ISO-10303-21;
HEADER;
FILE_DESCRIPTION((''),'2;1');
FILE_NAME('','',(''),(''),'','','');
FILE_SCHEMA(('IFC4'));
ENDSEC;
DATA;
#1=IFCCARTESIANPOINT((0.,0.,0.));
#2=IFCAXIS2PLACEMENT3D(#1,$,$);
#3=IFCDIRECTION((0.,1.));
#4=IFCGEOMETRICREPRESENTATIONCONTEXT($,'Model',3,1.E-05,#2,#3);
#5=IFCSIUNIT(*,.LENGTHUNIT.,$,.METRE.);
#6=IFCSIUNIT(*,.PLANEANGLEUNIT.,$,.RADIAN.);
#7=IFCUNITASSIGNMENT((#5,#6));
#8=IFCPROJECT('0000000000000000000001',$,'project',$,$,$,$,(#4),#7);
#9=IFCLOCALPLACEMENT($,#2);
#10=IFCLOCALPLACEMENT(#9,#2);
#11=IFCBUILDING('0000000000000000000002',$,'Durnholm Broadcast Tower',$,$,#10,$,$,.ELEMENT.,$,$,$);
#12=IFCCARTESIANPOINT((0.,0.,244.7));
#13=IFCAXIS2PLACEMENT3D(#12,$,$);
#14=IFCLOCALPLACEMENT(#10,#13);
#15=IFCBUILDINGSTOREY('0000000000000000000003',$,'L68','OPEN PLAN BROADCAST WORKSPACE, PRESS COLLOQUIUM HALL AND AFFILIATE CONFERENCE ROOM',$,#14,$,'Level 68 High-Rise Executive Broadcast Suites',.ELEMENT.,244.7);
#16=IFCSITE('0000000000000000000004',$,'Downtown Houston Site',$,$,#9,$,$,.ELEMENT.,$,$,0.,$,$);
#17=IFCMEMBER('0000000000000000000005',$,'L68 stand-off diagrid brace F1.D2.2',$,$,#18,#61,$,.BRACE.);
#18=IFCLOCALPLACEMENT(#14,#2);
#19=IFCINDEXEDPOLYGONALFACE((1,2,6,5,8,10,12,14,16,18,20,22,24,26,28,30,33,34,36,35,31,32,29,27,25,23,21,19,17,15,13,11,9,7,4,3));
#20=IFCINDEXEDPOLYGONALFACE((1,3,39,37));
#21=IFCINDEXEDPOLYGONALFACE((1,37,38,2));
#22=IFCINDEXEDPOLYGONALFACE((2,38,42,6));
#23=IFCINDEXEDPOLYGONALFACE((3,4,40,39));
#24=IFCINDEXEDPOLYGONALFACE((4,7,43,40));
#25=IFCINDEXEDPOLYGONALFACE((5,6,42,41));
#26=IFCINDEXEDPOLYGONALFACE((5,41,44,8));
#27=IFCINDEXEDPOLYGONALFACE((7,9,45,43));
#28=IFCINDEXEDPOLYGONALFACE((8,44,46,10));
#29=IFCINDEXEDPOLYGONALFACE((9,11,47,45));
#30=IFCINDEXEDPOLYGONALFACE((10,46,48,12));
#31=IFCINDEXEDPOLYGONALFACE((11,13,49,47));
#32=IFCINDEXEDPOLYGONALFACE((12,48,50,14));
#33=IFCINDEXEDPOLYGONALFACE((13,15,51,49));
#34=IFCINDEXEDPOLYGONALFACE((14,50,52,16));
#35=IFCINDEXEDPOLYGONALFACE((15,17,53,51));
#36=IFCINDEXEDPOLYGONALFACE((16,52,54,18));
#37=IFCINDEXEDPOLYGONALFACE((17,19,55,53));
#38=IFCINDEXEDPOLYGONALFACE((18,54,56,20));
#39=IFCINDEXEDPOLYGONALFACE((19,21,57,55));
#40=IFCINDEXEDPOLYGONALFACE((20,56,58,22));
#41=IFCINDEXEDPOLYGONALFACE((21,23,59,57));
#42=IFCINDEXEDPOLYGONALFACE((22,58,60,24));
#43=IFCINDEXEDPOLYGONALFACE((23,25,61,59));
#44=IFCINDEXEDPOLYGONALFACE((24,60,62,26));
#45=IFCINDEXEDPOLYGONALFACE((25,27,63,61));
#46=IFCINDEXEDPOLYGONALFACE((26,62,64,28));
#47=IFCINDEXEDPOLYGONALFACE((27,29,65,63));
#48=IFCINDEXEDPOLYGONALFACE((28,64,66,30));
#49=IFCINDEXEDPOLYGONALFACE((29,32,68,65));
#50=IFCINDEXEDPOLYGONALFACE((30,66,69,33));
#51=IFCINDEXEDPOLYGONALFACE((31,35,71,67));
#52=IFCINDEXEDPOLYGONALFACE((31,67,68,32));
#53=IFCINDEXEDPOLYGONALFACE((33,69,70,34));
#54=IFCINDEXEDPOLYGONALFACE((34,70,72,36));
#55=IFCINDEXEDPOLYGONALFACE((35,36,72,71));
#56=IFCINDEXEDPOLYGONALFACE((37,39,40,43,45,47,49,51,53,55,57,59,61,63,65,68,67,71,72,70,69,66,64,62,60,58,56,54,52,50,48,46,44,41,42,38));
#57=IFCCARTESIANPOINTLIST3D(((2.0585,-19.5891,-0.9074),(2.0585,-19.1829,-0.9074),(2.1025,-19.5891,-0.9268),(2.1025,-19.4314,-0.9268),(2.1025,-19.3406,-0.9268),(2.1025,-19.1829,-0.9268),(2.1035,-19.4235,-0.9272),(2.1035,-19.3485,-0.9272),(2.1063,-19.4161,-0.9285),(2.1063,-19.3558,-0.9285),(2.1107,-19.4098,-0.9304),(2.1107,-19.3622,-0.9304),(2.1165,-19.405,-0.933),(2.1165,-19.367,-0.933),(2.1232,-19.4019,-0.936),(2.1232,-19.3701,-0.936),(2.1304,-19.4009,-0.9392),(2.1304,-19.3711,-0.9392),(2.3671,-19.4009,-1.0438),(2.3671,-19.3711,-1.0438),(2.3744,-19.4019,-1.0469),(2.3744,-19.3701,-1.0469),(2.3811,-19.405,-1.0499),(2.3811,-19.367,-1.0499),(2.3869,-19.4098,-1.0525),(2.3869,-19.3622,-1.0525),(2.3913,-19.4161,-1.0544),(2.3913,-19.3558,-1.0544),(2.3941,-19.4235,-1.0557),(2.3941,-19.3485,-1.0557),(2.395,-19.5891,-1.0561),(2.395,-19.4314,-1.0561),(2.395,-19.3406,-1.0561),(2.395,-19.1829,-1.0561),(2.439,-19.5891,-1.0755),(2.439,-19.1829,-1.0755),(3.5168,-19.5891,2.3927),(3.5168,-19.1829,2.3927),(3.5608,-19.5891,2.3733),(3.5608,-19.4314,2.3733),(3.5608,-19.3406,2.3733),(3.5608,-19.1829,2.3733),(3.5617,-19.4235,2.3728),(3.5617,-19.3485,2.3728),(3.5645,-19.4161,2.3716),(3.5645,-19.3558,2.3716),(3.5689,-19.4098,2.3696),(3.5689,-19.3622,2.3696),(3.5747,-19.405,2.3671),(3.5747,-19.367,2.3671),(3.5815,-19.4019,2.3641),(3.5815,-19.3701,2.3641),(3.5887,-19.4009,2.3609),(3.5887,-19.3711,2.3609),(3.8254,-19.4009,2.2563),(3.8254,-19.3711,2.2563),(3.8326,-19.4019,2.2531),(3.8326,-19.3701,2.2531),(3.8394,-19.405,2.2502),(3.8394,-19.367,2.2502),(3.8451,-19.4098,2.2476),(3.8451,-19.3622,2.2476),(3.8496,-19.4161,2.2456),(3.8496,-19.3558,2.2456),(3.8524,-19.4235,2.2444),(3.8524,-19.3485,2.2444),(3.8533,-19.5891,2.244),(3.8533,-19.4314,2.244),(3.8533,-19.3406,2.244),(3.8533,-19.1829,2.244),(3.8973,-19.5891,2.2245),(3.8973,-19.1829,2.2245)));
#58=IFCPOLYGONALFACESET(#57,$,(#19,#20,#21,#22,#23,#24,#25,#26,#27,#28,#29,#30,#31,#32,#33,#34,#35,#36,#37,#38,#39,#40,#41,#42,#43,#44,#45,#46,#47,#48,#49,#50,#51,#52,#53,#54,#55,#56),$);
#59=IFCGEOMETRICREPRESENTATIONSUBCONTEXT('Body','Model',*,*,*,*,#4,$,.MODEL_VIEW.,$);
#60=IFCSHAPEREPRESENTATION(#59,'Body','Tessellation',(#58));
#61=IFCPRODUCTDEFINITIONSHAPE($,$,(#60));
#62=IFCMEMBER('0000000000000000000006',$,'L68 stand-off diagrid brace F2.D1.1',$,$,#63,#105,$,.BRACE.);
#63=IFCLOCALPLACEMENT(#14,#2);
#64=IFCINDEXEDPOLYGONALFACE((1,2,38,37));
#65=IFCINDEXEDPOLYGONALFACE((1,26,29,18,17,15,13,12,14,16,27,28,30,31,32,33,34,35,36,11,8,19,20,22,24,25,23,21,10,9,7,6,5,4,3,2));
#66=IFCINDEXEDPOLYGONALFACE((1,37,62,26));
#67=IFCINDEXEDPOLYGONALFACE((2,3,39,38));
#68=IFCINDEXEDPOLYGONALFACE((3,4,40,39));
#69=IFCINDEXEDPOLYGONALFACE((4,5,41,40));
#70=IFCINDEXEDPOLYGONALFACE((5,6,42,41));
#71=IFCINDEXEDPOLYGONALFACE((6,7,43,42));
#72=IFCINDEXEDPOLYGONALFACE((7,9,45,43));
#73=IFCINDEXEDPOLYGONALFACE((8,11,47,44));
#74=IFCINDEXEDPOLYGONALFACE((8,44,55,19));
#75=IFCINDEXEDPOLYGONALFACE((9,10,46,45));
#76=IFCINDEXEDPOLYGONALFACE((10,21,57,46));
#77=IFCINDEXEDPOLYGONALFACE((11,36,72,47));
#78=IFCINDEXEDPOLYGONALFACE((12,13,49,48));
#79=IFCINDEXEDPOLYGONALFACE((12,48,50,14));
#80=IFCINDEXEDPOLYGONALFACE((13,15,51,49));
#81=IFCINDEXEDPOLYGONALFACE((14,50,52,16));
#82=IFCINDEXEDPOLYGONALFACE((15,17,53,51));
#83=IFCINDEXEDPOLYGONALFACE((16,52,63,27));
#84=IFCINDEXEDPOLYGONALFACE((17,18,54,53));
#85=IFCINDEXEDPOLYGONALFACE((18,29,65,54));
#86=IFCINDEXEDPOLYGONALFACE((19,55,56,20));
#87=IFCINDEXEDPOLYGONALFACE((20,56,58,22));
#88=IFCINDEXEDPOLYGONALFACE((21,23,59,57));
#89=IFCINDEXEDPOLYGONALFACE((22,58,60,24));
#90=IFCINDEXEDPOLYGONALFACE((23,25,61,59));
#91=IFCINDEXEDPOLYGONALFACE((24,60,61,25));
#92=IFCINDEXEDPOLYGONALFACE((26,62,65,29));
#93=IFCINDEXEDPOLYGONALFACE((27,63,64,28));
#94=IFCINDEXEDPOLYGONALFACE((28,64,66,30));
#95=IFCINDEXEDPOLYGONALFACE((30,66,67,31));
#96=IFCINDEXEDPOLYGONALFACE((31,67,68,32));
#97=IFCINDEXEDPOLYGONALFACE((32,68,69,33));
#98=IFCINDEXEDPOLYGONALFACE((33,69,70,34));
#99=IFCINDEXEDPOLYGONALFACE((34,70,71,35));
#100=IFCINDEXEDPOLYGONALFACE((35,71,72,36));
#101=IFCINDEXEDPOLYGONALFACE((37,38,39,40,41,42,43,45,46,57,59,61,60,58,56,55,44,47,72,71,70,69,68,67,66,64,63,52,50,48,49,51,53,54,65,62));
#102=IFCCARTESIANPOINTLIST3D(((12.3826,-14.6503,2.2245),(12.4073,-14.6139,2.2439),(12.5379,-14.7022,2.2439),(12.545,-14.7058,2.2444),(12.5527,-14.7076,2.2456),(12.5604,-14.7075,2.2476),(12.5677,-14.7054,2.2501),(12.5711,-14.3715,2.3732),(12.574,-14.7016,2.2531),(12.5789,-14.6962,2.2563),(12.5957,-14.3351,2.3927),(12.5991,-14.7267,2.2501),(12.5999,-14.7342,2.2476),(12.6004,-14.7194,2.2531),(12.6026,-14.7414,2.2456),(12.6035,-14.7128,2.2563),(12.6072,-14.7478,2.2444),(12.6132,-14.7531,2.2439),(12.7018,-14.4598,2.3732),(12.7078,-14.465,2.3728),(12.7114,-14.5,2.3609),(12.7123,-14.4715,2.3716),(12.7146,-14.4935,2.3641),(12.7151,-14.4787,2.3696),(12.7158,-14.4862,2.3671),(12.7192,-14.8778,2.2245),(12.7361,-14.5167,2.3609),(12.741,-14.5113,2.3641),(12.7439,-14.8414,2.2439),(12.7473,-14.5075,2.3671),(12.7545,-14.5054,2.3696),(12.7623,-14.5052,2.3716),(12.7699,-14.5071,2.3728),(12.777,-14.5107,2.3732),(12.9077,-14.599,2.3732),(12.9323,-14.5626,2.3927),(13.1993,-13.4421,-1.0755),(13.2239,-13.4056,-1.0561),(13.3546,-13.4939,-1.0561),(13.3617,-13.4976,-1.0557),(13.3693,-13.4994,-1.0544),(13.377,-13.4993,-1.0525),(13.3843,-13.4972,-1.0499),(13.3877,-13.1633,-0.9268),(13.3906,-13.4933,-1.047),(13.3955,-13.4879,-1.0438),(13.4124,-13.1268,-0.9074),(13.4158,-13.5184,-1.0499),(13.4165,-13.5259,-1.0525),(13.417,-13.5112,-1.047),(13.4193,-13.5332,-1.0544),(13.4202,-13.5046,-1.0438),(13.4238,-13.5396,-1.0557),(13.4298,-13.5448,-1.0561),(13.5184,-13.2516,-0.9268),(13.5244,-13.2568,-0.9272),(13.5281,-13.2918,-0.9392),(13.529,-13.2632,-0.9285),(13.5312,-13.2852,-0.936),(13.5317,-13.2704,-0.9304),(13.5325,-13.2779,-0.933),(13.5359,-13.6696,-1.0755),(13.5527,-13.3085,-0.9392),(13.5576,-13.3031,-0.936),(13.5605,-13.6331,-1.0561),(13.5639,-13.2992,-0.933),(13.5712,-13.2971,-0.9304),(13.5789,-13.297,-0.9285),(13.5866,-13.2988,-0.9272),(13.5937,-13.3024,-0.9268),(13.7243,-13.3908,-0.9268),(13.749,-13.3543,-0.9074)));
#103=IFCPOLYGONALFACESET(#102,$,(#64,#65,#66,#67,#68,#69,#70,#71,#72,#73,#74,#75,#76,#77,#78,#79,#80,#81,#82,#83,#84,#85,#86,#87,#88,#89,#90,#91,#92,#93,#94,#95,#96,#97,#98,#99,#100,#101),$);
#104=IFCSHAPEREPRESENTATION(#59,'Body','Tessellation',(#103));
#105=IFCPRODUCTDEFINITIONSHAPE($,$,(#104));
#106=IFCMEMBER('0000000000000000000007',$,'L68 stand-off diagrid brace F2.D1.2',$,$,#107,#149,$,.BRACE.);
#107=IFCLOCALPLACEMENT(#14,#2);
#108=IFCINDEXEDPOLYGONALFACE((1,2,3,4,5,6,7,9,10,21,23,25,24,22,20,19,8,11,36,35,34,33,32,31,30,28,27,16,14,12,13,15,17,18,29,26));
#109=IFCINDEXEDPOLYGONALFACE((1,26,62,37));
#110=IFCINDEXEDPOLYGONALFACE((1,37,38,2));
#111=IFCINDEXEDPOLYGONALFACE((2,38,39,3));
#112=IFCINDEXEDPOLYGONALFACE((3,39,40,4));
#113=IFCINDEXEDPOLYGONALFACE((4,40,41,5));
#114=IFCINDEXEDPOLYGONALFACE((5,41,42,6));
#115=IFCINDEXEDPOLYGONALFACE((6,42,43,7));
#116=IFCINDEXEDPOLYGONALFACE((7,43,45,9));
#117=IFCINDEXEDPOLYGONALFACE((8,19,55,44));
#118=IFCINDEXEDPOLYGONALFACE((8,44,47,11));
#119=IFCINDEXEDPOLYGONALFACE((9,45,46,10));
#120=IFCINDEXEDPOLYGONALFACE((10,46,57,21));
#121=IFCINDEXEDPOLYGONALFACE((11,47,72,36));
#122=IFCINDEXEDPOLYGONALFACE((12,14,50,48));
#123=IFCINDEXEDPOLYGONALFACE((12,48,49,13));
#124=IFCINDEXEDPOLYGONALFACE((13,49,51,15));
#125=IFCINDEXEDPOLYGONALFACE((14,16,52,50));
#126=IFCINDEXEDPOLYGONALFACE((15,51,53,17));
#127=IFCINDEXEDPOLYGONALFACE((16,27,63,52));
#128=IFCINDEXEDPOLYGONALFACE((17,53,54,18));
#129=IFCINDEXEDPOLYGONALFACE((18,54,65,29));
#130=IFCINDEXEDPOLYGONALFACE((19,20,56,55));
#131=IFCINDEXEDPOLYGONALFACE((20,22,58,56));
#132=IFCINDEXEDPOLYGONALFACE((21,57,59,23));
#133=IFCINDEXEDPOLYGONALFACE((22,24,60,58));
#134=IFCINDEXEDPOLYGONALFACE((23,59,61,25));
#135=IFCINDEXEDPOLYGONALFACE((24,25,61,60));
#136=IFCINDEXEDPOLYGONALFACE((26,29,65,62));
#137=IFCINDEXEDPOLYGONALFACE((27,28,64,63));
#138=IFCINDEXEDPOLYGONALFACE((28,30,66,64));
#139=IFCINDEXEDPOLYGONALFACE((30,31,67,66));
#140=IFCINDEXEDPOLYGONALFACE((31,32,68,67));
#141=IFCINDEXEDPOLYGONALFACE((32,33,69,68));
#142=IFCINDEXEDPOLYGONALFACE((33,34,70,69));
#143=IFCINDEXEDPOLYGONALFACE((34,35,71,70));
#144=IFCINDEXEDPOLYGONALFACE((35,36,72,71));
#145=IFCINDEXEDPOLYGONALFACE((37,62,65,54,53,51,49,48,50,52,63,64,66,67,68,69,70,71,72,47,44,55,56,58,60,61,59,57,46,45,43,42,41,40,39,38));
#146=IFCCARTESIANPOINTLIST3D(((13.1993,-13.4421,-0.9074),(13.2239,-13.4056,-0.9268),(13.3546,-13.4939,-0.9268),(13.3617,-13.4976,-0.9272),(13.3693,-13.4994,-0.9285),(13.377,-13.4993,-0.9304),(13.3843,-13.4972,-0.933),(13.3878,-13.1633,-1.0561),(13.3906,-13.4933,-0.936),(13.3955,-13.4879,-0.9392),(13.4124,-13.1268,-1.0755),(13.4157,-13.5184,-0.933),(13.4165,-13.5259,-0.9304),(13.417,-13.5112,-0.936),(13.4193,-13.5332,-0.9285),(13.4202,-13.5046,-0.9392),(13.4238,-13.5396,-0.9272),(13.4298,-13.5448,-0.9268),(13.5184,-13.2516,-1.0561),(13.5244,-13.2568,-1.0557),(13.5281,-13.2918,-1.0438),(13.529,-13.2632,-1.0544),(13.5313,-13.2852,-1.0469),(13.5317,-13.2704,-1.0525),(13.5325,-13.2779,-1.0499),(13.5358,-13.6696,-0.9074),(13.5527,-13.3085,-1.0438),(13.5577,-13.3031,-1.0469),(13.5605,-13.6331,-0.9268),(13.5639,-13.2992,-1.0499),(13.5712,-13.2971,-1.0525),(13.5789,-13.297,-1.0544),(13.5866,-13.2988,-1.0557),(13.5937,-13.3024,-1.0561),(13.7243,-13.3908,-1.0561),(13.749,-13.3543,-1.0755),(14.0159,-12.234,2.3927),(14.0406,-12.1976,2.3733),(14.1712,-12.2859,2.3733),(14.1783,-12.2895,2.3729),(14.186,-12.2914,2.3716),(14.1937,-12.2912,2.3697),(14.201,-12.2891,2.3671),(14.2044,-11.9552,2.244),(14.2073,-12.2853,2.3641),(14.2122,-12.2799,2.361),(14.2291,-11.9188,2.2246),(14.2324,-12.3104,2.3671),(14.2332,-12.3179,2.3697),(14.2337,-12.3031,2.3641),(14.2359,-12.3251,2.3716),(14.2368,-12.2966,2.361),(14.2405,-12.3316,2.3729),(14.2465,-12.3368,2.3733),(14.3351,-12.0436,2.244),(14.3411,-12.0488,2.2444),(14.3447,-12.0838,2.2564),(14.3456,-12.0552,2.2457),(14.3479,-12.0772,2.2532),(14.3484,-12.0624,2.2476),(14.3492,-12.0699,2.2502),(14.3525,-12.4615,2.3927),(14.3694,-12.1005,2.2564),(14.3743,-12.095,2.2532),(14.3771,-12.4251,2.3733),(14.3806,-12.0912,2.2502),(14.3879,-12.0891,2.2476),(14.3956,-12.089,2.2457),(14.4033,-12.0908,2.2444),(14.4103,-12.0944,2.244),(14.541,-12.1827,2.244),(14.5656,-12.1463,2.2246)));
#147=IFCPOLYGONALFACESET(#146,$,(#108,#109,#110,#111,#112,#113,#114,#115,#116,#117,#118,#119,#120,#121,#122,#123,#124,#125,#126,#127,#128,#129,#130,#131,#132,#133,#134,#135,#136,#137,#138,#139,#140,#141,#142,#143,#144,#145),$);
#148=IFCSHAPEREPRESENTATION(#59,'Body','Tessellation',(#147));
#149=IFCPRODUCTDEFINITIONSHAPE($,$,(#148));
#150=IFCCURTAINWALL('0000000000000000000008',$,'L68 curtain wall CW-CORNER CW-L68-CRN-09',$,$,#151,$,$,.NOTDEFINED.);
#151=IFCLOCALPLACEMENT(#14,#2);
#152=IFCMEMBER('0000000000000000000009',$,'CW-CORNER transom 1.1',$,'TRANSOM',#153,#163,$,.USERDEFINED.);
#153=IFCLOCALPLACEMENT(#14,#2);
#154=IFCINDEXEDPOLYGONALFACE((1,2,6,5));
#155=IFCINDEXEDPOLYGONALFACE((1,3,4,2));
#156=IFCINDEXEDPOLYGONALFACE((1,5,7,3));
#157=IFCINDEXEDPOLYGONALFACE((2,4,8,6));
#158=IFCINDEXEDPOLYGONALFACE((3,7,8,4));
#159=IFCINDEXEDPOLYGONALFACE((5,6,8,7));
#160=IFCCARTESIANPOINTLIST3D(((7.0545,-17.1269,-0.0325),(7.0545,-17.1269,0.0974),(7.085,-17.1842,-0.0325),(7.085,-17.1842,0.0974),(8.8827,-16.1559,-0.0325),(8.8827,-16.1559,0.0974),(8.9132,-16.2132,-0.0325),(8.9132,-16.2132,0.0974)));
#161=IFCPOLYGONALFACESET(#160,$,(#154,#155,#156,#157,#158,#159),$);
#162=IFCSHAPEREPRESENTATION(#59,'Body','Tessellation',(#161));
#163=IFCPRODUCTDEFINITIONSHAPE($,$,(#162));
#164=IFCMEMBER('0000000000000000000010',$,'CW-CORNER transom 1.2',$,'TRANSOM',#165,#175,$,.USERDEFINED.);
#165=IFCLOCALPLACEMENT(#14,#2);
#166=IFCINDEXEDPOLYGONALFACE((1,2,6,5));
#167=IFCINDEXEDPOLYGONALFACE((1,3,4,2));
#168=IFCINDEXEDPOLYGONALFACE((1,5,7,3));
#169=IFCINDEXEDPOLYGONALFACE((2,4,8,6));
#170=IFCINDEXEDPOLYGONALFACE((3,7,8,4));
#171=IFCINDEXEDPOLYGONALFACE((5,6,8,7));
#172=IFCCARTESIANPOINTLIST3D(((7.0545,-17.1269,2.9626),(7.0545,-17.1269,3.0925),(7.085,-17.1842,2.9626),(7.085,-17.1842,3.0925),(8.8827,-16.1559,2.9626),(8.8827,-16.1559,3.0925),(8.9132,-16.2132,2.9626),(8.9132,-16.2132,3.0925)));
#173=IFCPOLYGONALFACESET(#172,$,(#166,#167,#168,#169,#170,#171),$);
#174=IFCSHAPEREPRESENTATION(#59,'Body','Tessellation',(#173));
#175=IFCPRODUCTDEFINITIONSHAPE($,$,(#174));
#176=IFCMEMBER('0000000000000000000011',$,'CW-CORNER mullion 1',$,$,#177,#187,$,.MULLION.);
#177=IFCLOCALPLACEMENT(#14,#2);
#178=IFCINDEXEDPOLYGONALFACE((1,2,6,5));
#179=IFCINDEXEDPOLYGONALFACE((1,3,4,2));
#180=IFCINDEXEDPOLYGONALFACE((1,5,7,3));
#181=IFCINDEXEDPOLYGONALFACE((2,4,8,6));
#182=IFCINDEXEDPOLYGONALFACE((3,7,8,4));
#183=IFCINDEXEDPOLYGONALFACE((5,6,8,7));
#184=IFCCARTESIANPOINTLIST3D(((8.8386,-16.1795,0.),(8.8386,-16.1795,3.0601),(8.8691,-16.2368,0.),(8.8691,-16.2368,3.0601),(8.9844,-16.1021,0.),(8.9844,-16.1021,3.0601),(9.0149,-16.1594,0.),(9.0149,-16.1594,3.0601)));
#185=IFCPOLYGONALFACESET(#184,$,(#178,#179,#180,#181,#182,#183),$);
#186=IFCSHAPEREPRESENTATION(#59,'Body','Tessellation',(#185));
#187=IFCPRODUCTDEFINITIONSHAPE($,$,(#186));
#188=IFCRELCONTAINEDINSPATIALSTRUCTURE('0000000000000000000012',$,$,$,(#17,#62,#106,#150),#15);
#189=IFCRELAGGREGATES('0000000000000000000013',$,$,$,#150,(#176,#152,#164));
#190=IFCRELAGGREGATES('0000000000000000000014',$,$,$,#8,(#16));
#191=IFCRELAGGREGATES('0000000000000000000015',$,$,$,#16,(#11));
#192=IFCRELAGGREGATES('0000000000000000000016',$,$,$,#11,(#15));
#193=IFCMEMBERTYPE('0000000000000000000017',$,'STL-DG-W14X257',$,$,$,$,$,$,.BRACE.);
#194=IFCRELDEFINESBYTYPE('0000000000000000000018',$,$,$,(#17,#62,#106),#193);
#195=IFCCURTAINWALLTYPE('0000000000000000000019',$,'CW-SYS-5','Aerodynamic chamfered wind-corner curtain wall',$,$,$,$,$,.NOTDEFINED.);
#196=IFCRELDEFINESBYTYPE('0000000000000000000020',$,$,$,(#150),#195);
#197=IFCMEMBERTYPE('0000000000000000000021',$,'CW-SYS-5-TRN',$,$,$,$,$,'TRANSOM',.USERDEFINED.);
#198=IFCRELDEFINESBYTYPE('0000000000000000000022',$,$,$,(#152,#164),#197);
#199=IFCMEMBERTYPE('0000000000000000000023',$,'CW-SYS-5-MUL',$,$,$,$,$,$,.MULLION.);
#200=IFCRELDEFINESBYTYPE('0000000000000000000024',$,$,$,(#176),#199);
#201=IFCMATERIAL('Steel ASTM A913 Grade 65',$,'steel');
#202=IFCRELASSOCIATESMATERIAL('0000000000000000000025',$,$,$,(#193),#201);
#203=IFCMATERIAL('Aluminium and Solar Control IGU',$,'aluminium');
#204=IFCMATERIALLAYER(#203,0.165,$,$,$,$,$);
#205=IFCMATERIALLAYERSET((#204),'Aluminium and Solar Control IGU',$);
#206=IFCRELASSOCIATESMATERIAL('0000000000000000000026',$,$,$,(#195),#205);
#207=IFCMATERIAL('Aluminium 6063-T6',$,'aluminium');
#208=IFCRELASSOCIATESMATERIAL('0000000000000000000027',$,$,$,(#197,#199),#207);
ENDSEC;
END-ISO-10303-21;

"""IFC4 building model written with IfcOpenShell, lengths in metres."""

from ifc_helpers import new_model, si_unit, direction, frame, origin, origin_2d, place, context, subcontext, project, spatial, rectangle, i_section, extrude, source, transform, mapped, material, layer, layer_set, material_profile, profile_set, type_object, type_shapes, element, aggregate, save


model = new_model("IFC4")

# Units and contexts
model_context = context("Model", 3, precision=1e-05, world=origin(), true_north=direction((0.0, 1.0)))
body_context = subcontext(model_context, "Body", "Model", "MODEL_VIEW")
ifc_project = project(units=[si_unit("LENGTHUNIT", "METRE"), si_unit("PLANEANGLEUNIT", "RADIAN")], contexts=[model_context])

# Site, building, storey
site_placement = place(None, origin())
site = spatial("IfcSite", under=ifc_project, at=site_placement, Name="Downtown Houston Site", CompositionType="ELEMENT", RefElevation=0.0)
building_placement = place(site_placement, origin())
building = spatial("IfcBuilding", under=site, at=building_placement, Name="Durnholm Broadcast Tower", CompositionType="ELEMENT")
storey_placement = place(building_placement, frame((0.0, 0.0, 244.7)))
storey = spatial("IfcBuildingStorey", under=building, at=storey_placement, Name="L68", Description="OPEN PLAN BROADCAST WORKSPACE, PRESS COLLOQUIUM HALL AND AFFILIATE CONFERENCE ROOM", LongName="Level 68 High-Rise Executive Broadcast Suites", CompositionType="ELEMENT", Elevation=244.7)

# Members
ifc_material_1 = material(Name="Steel ASTM A913 Grade 65", Category="steel")
ifc_material_profile_1 = material_profile(ifc_material_1, i_section(OverallWidth=0.4062, OverallDepth=0.416, WebThickness=0.0298, FlangeThickness=0.0481, FilletRadius=0.0305, at=origin_2d()), Name="W14X257")
ifc_profile_set_1 = profile_set([ifc_material_profile_1], Name="Steel ASTM A913 Grade 65")
member_type_1 = type_object("IfcMemberType", Name="STL-DG-W14X257", PredefinedType="BRACE", material=ifc_profile_set_1)
shared_shape_1 = source(origin(), body_context, "Body", "SweptSolid", [
    extrude(i_section(OverallWidth=0.4062, OverallDepth=0.416, WebThickness=0.0298, FlangeThickness=0.0481, FilletRadius=0.0305, at=origin_2d()), origin(), (0.0, 0.0, 1.0), 3.6079),
])
type_shapes(member_type_1, [shared_shape_1])
for number, where, z_axis, x_axis, name in (
    (1, (2.2488, -19.386, -0.9915), (0.404185, 0.0, 0.914677), (0.0, 1.0, 0.0), "L68 stand-off diagrid brace F1.D2.2"),
    (2, (13.4741, -13.3982, -0.9915), (-0.226349, -0.334888, 0.914667), (0.828505, -0.559982, 0.0), "L68 stand-off diagrid brace F2.D1.1"),
    (3, (13.4741, -13.3982, -0.9915), (0.226354, 0.334828, 0.914688), (-0.828452, 0.560059, 0.0), "L68 stand-off diagrid brace F2.D1.2"),
):
    element("IfcMember", number, at=place(storey_placement, frame(where, z_axis=z_axis, x_axis=x_axis)), inside=storey, type_object=member_type_1, Name=name, PredefinedType="BRACE", context=body_context, shape_type="MappedRepresentation", body=[
        mapped(shared_shape_1, transform((0.0, 0.0, 0.0), x_axis=(1.0, 0.0, 0.0), y_axis=(0.0, 1.0, 0.0), z_axis=(0.0, 0.0, 1.0), scale=1.0)),
    ])

# Curtain wall, members
ifc_material_2 = material(Name="Aluminium and Solar Control IGU", Category="aluminium")
ifc_layer_1 = layer(ifc_material_2, 0.165)
ifc_layer_set_1 = layer_set([ifc_layer_1], Name="Aluminium and Solar Control IGU")
curtain_wall_type_1 = type_object("IfcCurtainWallType", Name="CW-SYS-5", Description="Aerodynamic chamfered wind-corner curtain wall", PredefinedType="NOTDEFINED", material=ifc_layer_set_1)
curtain_wall_1_placement = place(storey_placement, origin())
curtain_wall_1 = element("IfcCurtainWall", 4, at=curtain_wall_1_placement, inside=storey, type_object=curtain_wall_type_1, Name="L68 curtain wall CW-CORNER CW-L68-CRN-09", PredefinedType="NOTDEFINED")
ifc_material_3 = material(Name="Aluminium 6063-T6", Category="aluminium")
ifc_material_profile_2 = material_profile(ifc_material_3, rectangle(XDim=0.0649, YDim=0.1299, at=origin_2d()), Name="CWT65X130")
ifc_profile_set_2 = profile_set([ifc_material_profile_2], Name="Aluminium 6063-T6")
member_type_2 = type_object("IfcMemberType", Name="CW-SYS-5-TRN", ElementType="TRANSOM", PredefinedType="USERDEFINED", material=ifc_profile_set_2)
shared_shape_2 = source(origin(), body_context, "Body", "SweptSolid", [
    extrude(rectangle(XDim=0.0649, YDim=0.1299, at=origin_2d()), origin(), (0.0, 0.0, 1.0), 2.0701),
])
type_shapes(member_type_2, [shared_shape_2])
member_1_placement = place(storey_placement, frame((8.8979, -16.1846, 0.0325), z_axis=(-0.883165, -0.469063, 0.0), x_axis=(0.469063, -0.883165, 0.0)))
member_1 = element("IfcMember", 5, at=member_1_placement, type_object=member_type_2, Name="CW-CORNER transom 1.1", ObjectType="TRANSOM", PredefinedType="USERDEFINED", context=body_context, shape_type="MappedRepresentation", body=[
    mapped(shared_shape_2, transform((0.0, 0.0, 0.0), x_axis=(1.0, 0.0, 0.0), y_axis=(0.0, 1.0, 0.0), z_axis=(0.0, 0.0, 1.0), scale=1.0)),
])
member_2_placement = place(storey_placement, frame((8.8979, -16.1846, 3.0276), z_axis=(-0.883165, -0.469063, 0.0), x_axis=(0.469063, -0.883165, 0.0)))
member_2 = element("IfcMember", 6, at=member_2_placement, type_object=member_type_2, Name="CW-CORNER transom 1.2", ObjectType="TRANSOM", PredefinedType="USERDEFINED", context=body_context, shape_type="MappedRepresentation", body=[
    mapped(shared_shape_2, transform((0.0, 0.0, 0.0), x_axis=(1.0, 0.0, 0.0), y_axis=(0.0, 1.0, 0.0), z_axis=(0.0, 0.0, 1.0), scale=1.0)),
])
ifc_material_profile_3 = material_profile(ifc_material_3, rectangle(XDim=0.0649, YDim=0.165, at=origin_2d()), Name="CWM65X165")
ifc_profile_set_3 = profile_set([ifc_material_profile_3], Name="Aluminium 6063-T6")
member_type_3 = type_object("IfcMemberType", Name="CW-SYS-5-MUL", PredefinedType="MULLION", material=ifc_profile_set_3)
shared_shape_3 = source(origin(), body_context, "Body", "SweptSolid", [
    extrude(rectangle(XDim=0.0649, YDim=0.165, at=origin_2d()), origin(), (0.0, 0.0, 1.0), 3.0601),
])
type_shapes(member_type_3, [shared_shape_3])
member_3_placement = place(storey_placement, frame((8.9268, -16.1694, 0.0), z_axis=(0.0, 0.0, 1.0), x_axis=(0.469007, -0.883195, 0.0)))
member_3 = element("IfcMember", 7, at=member_3_placement, type_object=member_type_3, Name="CW-CORNER mullion 1", PredefinedType="MULLION", context=body_context, shape_type="MappedRepresentation", body=[
    mapped(shared_shape_3, transform((0.0, 0.0, 0.0), x_axis=(1.0, 0.0, 0.0), y_axis=(0.0, 1.0, 0.0), z_axis=(0.0, 0.0, 1.0), scale=1.0)),
])

aggregate(curtain_wall_1, [member_3, member_1, member_2])

save(model, "model.ifc")
